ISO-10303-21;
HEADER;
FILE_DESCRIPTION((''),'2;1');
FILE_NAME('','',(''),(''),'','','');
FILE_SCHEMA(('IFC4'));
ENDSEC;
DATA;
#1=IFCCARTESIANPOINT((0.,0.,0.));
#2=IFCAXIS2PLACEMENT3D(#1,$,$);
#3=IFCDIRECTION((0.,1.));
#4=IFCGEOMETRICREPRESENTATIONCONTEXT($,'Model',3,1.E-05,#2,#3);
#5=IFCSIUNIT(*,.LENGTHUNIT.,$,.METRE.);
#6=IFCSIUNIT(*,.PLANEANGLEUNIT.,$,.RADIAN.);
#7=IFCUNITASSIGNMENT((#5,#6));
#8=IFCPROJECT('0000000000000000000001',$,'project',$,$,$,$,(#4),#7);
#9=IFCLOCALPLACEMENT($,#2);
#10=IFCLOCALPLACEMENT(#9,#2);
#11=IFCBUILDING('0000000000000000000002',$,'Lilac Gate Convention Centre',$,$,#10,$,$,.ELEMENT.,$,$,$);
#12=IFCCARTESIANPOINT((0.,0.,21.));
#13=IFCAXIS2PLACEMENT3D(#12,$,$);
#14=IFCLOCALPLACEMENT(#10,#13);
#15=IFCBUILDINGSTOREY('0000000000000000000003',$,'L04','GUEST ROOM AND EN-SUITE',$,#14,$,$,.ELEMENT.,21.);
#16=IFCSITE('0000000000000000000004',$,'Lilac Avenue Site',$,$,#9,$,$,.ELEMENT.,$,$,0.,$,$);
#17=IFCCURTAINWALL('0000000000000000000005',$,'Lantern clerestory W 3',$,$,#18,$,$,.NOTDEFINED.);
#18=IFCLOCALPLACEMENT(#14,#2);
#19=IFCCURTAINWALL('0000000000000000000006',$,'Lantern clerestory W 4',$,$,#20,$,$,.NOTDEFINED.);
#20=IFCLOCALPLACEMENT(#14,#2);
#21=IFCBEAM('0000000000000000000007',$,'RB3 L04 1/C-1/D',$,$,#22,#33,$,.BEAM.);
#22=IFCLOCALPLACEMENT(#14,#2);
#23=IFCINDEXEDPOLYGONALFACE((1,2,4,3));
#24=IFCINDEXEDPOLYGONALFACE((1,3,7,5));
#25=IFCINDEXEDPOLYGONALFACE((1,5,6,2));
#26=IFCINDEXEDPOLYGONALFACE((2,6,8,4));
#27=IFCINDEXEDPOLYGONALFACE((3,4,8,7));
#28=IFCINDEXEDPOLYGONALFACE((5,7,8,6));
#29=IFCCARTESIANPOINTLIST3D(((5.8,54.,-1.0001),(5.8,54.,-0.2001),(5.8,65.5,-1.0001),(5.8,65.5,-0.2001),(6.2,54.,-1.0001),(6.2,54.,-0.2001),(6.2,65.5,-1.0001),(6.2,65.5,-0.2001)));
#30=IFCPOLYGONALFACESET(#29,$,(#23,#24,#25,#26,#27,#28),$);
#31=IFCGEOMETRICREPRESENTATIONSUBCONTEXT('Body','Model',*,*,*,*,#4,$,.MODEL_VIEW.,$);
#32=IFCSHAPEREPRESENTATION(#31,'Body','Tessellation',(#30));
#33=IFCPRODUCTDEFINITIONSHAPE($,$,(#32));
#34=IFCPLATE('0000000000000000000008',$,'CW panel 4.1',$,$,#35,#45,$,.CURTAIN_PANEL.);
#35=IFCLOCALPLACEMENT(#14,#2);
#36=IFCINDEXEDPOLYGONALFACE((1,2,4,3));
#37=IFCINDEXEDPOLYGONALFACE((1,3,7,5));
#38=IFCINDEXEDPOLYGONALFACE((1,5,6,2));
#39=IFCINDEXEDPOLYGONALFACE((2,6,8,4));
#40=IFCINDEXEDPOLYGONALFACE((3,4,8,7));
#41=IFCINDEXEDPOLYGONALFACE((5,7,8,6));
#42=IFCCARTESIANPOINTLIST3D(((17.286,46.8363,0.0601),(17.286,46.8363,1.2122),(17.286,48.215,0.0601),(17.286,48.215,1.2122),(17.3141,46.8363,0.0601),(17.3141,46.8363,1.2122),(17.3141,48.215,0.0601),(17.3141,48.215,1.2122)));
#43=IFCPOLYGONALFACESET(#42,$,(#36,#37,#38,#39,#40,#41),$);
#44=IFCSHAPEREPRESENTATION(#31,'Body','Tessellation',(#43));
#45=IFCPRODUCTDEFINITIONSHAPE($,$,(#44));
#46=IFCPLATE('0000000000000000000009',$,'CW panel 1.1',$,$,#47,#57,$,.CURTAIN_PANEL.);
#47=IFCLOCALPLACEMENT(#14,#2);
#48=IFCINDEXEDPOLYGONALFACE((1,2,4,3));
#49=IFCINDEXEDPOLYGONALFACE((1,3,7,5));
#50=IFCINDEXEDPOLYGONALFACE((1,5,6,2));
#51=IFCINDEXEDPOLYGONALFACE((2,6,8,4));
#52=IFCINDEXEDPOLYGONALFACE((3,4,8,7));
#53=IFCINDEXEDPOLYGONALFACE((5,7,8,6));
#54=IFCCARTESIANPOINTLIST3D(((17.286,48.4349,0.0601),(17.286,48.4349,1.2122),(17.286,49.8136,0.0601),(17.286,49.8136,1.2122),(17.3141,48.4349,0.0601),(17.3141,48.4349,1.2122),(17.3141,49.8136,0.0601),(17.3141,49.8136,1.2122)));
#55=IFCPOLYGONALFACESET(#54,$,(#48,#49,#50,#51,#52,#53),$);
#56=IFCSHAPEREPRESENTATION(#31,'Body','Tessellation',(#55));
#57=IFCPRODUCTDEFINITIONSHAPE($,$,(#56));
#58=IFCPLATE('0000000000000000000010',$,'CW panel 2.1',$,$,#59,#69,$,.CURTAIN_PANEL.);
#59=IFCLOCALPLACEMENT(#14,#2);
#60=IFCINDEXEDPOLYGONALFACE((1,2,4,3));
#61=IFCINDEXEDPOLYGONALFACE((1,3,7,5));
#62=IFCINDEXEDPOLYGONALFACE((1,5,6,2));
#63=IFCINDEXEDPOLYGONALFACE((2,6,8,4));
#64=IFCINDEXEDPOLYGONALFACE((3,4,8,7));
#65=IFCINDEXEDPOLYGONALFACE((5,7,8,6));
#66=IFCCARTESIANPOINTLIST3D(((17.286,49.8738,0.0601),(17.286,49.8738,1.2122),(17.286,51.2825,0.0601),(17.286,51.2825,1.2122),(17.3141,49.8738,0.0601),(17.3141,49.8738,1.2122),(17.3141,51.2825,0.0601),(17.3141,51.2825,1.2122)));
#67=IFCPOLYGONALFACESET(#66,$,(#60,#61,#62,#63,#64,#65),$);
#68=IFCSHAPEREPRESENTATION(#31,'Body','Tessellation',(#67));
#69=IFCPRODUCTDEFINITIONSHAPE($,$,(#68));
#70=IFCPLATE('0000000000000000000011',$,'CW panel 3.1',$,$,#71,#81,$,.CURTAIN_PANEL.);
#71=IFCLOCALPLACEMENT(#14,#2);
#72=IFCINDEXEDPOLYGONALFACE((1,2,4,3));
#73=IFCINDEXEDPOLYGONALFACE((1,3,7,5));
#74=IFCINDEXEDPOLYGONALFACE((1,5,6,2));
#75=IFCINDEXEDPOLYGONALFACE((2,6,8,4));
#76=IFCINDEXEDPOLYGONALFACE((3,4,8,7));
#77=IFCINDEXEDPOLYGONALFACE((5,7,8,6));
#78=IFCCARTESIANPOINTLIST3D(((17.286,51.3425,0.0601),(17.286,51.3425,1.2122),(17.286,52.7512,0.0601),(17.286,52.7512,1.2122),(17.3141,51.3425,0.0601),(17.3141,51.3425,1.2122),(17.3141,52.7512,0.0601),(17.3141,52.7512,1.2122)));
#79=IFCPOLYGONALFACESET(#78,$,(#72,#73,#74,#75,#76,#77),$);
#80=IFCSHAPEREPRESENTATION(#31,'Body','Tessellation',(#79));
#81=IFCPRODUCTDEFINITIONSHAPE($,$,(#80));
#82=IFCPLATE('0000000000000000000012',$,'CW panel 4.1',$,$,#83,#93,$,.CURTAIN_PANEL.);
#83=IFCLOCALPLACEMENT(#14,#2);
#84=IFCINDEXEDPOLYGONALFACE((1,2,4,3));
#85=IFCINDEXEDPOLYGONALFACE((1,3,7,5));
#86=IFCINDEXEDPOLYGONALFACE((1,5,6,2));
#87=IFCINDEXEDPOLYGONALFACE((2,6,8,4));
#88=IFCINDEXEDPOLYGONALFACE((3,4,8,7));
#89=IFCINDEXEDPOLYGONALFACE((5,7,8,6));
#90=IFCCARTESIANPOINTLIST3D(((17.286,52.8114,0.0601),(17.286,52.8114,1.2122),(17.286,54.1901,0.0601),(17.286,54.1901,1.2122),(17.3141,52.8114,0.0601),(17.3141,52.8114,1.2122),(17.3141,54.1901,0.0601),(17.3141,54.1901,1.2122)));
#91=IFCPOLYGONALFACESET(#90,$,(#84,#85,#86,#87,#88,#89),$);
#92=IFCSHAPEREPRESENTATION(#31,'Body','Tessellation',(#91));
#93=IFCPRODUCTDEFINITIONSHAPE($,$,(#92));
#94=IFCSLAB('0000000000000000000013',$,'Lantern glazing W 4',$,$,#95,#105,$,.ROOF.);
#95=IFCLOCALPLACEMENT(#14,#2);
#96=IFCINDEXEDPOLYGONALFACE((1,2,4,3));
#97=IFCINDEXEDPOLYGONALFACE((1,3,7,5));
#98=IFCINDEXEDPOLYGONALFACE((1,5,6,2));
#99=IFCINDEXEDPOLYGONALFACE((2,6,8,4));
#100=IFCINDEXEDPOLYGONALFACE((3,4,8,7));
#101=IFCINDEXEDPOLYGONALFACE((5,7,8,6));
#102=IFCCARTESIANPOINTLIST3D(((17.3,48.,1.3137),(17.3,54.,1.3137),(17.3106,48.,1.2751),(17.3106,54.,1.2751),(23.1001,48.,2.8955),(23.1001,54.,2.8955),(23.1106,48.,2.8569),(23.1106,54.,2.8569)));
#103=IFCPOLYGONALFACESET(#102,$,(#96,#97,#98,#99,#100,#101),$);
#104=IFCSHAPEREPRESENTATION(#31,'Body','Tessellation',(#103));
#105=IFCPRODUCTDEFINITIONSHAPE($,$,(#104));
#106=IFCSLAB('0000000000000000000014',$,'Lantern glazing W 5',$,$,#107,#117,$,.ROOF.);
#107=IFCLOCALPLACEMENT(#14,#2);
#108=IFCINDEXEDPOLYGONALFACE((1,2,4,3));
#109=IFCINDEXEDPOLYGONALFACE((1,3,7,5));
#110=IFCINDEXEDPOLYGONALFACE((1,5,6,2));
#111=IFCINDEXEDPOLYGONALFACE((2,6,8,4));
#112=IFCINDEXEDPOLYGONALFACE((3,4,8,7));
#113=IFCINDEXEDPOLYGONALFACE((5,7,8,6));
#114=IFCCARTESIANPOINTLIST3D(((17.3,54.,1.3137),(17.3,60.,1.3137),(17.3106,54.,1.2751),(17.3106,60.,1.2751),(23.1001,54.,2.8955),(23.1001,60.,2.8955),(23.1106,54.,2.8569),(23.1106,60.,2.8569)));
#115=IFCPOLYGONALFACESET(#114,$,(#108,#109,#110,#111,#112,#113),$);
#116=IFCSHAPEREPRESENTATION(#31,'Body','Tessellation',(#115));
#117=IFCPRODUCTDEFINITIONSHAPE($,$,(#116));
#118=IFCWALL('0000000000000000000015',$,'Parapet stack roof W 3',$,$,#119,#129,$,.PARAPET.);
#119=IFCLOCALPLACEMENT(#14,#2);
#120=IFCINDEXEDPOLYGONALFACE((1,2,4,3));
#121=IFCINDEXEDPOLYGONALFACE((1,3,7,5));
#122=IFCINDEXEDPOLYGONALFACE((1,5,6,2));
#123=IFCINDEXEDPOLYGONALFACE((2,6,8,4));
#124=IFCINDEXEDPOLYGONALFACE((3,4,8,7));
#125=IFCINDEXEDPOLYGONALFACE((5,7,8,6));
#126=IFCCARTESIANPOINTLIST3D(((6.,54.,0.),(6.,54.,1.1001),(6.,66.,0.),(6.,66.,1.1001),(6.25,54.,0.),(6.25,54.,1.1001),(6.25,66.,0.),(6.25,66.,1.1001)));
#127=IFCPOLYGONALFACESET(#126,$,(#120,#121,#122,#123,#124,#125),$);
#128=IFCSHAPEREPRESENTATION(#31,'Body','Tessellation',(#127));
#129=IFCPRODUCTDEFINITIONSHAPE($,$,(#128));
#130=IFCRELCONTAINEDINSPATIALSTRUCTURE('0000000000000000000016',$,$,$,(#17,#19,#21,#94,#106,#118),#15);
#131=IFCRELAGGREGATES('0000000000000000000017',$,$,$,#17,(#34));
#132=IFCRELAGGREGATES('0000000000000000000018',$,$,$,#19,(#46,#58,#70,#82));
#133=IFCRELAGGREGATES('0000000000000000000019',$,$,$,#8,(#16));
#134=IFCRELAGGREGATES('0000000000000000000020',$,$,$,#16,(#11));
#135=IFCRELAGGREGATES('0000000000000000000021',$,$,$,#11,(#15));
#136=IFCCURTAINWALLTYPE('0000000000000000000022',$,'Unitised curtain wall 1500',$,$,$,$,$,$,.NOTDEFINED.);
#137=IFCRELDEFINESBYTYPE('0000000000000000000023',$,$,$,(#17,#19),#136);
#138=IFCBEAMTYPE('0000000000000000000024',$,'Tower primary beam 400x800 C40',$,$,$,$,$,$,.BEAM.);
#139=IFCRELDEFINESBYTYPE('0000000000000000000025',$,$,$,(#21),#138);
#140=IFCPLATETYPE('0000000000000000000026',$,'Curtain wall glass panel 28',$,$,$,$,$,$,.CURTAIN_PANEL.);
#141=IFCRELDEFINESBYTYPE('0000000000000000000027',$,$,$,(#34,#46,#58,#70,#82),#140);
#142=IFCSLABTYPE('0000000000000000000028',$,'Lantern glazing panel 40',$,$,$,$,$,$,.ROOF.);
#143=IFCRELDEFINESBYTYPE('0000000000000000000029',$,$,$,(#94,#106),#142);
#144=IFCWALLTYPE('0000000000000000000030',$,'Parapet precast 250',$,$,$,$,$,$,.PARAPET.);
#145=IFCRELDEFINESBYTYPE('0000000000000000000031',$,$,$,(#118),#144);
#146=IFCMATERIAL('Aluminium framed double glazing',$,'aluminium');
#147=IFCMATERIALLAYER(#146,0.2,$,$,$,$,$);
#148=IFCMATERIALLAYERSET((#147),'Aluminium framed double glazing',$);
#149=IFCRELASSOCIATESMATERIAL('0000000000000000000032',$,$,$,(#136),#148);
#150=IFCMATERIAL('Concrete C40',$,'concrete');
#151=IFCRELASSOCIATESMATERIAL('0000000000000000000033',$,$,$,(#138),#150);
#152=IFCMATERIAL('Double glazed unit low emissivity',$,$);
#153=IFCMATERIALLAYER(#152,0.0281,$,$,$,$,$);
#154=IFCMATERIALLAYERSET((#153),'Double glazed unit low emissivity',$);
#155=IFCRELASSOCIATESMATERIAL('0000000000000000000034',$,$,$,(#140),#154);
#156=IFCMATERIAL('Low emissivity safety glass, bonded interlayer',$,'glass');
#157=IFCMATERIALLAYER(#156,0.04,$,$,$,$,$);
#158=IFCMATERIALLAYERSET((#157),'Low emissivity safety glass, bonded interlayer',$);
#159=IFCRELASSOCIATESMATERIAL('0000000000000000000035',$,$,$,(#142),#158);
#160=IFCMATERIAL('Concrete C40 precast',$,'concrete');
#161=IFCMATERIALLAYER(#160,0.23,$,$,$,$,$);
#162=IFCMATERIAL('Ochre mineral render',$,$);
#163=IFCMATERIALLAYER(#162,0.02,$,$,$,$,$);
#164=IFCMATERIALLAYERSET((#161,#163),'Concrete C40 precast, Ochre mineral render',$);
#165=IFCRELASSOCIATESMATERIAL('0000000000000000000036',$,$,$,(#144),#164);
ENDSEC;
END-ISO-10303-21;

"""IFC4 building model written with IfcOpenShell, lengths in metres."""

from ifc_helpers import new_model, si_unit, direction, frame, frame_2d, origin, origin_2d, place, context, subcontext, project, spatial, polyline, rectangle, outline, extrude, material, layer, layer_set, material_profile, profile_set, type_object, element, aggregate, save


model = new_model("IFC4")

# Units and contexts
model_context = context("Model", 3, precision=1e-05, world=origin(), true_north=direction((0.0, 1.0)))
body_context = subcontext(model_context, "Body", "Model", "MODEL_VIEW")
ifc_project = project(units=[si_unit("LENGTHUNIT", "METRE"), si_unit("PLANEANGLEUNIT", "RADIAN")], contexts=[model_context])

# Site, building, storey
site_placement = place(None, origin())
site = spatial("IfcSite", under=ifc_project, at=site_placement, Name="Lilac Avenue Site", CompositionType="ELEMENT", RefElevation=0.0)
building_placement = place(site_placement, origin())
building = spatial("IfcBuilding", under=site, at=building_placement, Name="Lilac Gate Convention Centre", CompositionType="ELEMENT")
storey_placement = place(building_placement, frame((0.0, 0.0, 21.0)))
storey = spatial("IfcBuildingStorey", under=building, at=storey_placement, Name="L04", Description="GUEST ROOM AND EN-SUITE", CompositionType="ELEMENT", Elevation=21.0)

# Curtain walls
ifc_material_1 = material(Name="Aluminium framed double glazing", Category="aluminium")
ifc_layer_1 = layer(ifc_material_1, 0.2)
ifc_layer_set_1 = layer_set([ifc_layer_1], Name="Aluminium framed double glazing")
curtain_wall_type = type_object("IfcCurtainWallType", Name="Unitised curtain wall 1500", PredefinedType="NOTDEFINED", material=ifc_layer_set_1)
curtain_wall_1_placement = place(storey_placement, origin())
curtain_wall_1 = element("IfcCurtainWall", 1, at=curtain_wall_1_placement, inside=storey, type_object=curtain_wall_type, Name="Lantern clerestory W 3", PredefinedType="NOTDEFINED")
curtain_wall_2_placement = place(storey_placement, origin())
curtain_wall_2 = element("IfcCurtainWall", 2, at=curtain_wall_2_placement, inside=storey, type_object=curtain_wall_type, Name="Lantern clerestory W 4", PredefinedType="NOTDEFINED")

# Beam
ifc_material_2 = material(Name="Concrete C40", Category="concrete")
ifc_material_profile_1 = material_profile(ifc_material_2, rectangle(XDim=0.3999, YDim=0.8, at=origin_2d()), Name="RC 400x800")
ifc_profile_set_1 = profile_set([ifc_material_profile_1], Name="Concrete C40")
beam_type_1 = type_object("IfcBeamType", Name="Tower primary beam 400x800 C40", PredefinedType="BEAM", material=ifc_profile_set_1)
beam_1_placement = place(storey_placement, frame((6.0, 54.0, -0.6001), z_axis=(0.0, 1.0, 0.0), x_axis=(-1.0, 0.0, 0.0)))
element("IfcBeam", 3, at=beam_1_placement, inside=storey, type_object=beam_type_1, Name="RB3 L04 1/C-1/D", PredefinedType="BEAM", context=body_context, shape_type="SweptSolid", body=[
    extrude(rectangle(XDim=0.3999, YDim=0.8, at=origin_2d()), origin(), (0.0, 0.0, 1.0), 11.5),
])

# Plates
ifc_material_3 = material(Name="Double glazed unit low emissivity")
ifc_layer_2 = layer(ifc_material_3, 0.0281)
ifc_layer_set_2 = layer_set([ifc_layer_2], Name="Double glazed unit low emissivity")
plate_type = type_object("IfcPlateType", Name="Curtain wall glass panel 28", PredefinedType="CURTAIN_PANEL", material=ifc_layer_set_2)
plate_1_placement = place(storey_placement, frame((17.3, 47.5256, 0.0601), z_axis=(0.0, 0.0, 1.0), x_axis=(0.0, 1.0, 0.0)))
plate_1 = element("IfcPlate", 4, at=plate_1_placement, type_object=plate_type, Name="CW panel 4.1", PredefinedType="CURTAIN_PANEL", context=body_context, shape_type="SweptSolid", body=[
    extrude(rectangle(XDim=1.3787, YDim=0.0281, at=origin_2d()), origin(), (0.0, 0.0, 1.0), 1.1521),
])
aggregate(curtain_wall_1, [plate_1])
plate_2_placement = place(storey_placement, frame((17.3, 49.1243, 0.0601), z_axis=(0.0, 0.0, 1.0), x_axis=(0.0, 1.0, 0.0)))
plate_2 = element("IfcPlate", 5, at=plate_2_placement, type_object=plate_type, Name="CW panel 1.1", PredefinedType="CURTAIN_PANEL", context=body_context, shape_type="SweptSolid", body=[
    extrude(rectangle(XDim=1.3787, YDim=0.0281, at=origin_2d()), origin(), (0.0, 0.0, 1.0), 1.1521),
])
plate_3_placement = place(storey_placement, frame((17.3, 50.5781, 0.0601), z_axis=(0.0, 0.0, 1.0), x_axis=(0.0, 1.0, 0.0)))
plate_3 = element("IfcPlate", 6, at=plate_3_placement, type_object=plate_type, Name="CW panel 2.1", PredefinedType="CURTAIN_PANEL", context=body_context, shape_type="SweptSolid", body=[
    extrude(rectangle(XDim=1.4087, YDim=0.0281, at=origin_2d()), origin(), (0.0, 0.0, 1.0), 1.1521),
])
plate_4_placement = place(storey_placement, frame((17.3, 52.0469, 0.0601), z_axis=(0.0, 0.0, 1.0), x_axis=(0.0, 1.0, 0.0)))
plate_4 = element("IfcPlate", 7, at=plate_4_placement, type_object=plate_type, Name="CW panel 3.1", PredefinedType="CURTAIN_PANEL", context=body_context, shape_type="SweptSolid", body=[
    extrude(rectangle(XDim=1.4087, YDim=0.0281, at=origin_2d()), origin(), (0.0, 0.0, 1.0), 1.1521),
])
plate_5_placement = place(storey_placement, frame((17.3, 53.5007, 0.0601), z_axis=(0.0, 0.0, 1.0), x_axis=(0.0, 1.0, 0.0)))
plate_5 = element("IfcPlate", 8, at=plate_5_placement, type_object=plate_type, Name="CW panel 4.1", PredefinedType="CURTAIN_PANEL", context=body_context, shape_type="SweptSolid", body=[
    extrude(rectangle(XDim=1.3787, YDim=0.0281, at=origin_2d()), origin(), (0.0, 0.0, 1.0), 1.1521),
])
aggregate(curtain_wall_2, [plate_2, plate_3, plate_4, plate_5])

# Slabs
ifc_material_4 = material(Name="Low emissivity safety glass, bonded interlayer", Category="glass")
ifc_layer_3 = layer(ifc_material_4, 0.04)
ifc_layer_set_3 = layer_set([ifc_layer_3], Name="Low emissivity safety glass, bonded interlayer")
slab_type = type_object("IfcSlabType", Name="Lantern glazing panel 40", PredefinedType="ROOF", material=ifc_layer_set_3)
for number, where, z_axis, x_axis, name in (
    (9, (17.3, 48.0, 1.3137), (-0.263111, 0.0, 0.964766), (0.964766, 0.0, 0.263111), "Lantern glazing W 4"),
    (10, (17.3, 54.0, 1.3137), (-0.263111, 0.0, 0.964766), (0.964766, 0.0, 0.263111), "Lantern glazing W 5"),
):
    element("IfcSlab", number, at=place(storey_placement, frame(where, z_axis=z_axis, x_axis=x_axis)), inside=storey, type_object=slab_type, Name=name, PredefinedType="ROOF", context=body_context, shape_type="SweptSolid", body=[
        extrude(outline(polyline([(0.0, 0.0), (6.0119, 0.0), (6.0119, 6.0), (0.0, 6.0), (0.0, 0.0)])), origin(), (0.0, 0.0, -1.0), 0.04),
    ])

# Wall
ifc_material_5 = material(Name="Concrete C40 precast", Category="concrete")
ifc_layer_4 = layer(ifc_material_5, 0.23)
ifc_material_6 = material(Name="Ochre mineral render")
ifc_layer_5 = layer(ifc_material_6, 0.02)
ifc_layer_set_4 = layer_set([ifc_layer_4, ifc_layer_5], Name="Concrete C40 precast, Ochre mineral render")
wall_type = type_object("IfcWallType", Name="Parapet precast 250", PredefinedType="PARAPET", material=ifc_layer_set_4)
wall_placement = place(storey_placement, frame((6.125, 54.0, 0.0), z_axis=(0.0, 0.0, 1.0), x_axis=(0.0, 1.0, 0.0)))
element("IfcWall", 11, at=wall_placement, inside=storey, type_object=wall_type, Name="Parapet stack roof W 3", PredefinedType="PARAPET", context=body_context, shape_type="SweptSolid", body=[
    extrude(rectangle(XDim=12.0, YDim=0.25, at=frame_2d((6.0, 0.0))), origin(), (0.0, 0.0, 1.0), 1.1001),
])

save(model, "model.ifc")
